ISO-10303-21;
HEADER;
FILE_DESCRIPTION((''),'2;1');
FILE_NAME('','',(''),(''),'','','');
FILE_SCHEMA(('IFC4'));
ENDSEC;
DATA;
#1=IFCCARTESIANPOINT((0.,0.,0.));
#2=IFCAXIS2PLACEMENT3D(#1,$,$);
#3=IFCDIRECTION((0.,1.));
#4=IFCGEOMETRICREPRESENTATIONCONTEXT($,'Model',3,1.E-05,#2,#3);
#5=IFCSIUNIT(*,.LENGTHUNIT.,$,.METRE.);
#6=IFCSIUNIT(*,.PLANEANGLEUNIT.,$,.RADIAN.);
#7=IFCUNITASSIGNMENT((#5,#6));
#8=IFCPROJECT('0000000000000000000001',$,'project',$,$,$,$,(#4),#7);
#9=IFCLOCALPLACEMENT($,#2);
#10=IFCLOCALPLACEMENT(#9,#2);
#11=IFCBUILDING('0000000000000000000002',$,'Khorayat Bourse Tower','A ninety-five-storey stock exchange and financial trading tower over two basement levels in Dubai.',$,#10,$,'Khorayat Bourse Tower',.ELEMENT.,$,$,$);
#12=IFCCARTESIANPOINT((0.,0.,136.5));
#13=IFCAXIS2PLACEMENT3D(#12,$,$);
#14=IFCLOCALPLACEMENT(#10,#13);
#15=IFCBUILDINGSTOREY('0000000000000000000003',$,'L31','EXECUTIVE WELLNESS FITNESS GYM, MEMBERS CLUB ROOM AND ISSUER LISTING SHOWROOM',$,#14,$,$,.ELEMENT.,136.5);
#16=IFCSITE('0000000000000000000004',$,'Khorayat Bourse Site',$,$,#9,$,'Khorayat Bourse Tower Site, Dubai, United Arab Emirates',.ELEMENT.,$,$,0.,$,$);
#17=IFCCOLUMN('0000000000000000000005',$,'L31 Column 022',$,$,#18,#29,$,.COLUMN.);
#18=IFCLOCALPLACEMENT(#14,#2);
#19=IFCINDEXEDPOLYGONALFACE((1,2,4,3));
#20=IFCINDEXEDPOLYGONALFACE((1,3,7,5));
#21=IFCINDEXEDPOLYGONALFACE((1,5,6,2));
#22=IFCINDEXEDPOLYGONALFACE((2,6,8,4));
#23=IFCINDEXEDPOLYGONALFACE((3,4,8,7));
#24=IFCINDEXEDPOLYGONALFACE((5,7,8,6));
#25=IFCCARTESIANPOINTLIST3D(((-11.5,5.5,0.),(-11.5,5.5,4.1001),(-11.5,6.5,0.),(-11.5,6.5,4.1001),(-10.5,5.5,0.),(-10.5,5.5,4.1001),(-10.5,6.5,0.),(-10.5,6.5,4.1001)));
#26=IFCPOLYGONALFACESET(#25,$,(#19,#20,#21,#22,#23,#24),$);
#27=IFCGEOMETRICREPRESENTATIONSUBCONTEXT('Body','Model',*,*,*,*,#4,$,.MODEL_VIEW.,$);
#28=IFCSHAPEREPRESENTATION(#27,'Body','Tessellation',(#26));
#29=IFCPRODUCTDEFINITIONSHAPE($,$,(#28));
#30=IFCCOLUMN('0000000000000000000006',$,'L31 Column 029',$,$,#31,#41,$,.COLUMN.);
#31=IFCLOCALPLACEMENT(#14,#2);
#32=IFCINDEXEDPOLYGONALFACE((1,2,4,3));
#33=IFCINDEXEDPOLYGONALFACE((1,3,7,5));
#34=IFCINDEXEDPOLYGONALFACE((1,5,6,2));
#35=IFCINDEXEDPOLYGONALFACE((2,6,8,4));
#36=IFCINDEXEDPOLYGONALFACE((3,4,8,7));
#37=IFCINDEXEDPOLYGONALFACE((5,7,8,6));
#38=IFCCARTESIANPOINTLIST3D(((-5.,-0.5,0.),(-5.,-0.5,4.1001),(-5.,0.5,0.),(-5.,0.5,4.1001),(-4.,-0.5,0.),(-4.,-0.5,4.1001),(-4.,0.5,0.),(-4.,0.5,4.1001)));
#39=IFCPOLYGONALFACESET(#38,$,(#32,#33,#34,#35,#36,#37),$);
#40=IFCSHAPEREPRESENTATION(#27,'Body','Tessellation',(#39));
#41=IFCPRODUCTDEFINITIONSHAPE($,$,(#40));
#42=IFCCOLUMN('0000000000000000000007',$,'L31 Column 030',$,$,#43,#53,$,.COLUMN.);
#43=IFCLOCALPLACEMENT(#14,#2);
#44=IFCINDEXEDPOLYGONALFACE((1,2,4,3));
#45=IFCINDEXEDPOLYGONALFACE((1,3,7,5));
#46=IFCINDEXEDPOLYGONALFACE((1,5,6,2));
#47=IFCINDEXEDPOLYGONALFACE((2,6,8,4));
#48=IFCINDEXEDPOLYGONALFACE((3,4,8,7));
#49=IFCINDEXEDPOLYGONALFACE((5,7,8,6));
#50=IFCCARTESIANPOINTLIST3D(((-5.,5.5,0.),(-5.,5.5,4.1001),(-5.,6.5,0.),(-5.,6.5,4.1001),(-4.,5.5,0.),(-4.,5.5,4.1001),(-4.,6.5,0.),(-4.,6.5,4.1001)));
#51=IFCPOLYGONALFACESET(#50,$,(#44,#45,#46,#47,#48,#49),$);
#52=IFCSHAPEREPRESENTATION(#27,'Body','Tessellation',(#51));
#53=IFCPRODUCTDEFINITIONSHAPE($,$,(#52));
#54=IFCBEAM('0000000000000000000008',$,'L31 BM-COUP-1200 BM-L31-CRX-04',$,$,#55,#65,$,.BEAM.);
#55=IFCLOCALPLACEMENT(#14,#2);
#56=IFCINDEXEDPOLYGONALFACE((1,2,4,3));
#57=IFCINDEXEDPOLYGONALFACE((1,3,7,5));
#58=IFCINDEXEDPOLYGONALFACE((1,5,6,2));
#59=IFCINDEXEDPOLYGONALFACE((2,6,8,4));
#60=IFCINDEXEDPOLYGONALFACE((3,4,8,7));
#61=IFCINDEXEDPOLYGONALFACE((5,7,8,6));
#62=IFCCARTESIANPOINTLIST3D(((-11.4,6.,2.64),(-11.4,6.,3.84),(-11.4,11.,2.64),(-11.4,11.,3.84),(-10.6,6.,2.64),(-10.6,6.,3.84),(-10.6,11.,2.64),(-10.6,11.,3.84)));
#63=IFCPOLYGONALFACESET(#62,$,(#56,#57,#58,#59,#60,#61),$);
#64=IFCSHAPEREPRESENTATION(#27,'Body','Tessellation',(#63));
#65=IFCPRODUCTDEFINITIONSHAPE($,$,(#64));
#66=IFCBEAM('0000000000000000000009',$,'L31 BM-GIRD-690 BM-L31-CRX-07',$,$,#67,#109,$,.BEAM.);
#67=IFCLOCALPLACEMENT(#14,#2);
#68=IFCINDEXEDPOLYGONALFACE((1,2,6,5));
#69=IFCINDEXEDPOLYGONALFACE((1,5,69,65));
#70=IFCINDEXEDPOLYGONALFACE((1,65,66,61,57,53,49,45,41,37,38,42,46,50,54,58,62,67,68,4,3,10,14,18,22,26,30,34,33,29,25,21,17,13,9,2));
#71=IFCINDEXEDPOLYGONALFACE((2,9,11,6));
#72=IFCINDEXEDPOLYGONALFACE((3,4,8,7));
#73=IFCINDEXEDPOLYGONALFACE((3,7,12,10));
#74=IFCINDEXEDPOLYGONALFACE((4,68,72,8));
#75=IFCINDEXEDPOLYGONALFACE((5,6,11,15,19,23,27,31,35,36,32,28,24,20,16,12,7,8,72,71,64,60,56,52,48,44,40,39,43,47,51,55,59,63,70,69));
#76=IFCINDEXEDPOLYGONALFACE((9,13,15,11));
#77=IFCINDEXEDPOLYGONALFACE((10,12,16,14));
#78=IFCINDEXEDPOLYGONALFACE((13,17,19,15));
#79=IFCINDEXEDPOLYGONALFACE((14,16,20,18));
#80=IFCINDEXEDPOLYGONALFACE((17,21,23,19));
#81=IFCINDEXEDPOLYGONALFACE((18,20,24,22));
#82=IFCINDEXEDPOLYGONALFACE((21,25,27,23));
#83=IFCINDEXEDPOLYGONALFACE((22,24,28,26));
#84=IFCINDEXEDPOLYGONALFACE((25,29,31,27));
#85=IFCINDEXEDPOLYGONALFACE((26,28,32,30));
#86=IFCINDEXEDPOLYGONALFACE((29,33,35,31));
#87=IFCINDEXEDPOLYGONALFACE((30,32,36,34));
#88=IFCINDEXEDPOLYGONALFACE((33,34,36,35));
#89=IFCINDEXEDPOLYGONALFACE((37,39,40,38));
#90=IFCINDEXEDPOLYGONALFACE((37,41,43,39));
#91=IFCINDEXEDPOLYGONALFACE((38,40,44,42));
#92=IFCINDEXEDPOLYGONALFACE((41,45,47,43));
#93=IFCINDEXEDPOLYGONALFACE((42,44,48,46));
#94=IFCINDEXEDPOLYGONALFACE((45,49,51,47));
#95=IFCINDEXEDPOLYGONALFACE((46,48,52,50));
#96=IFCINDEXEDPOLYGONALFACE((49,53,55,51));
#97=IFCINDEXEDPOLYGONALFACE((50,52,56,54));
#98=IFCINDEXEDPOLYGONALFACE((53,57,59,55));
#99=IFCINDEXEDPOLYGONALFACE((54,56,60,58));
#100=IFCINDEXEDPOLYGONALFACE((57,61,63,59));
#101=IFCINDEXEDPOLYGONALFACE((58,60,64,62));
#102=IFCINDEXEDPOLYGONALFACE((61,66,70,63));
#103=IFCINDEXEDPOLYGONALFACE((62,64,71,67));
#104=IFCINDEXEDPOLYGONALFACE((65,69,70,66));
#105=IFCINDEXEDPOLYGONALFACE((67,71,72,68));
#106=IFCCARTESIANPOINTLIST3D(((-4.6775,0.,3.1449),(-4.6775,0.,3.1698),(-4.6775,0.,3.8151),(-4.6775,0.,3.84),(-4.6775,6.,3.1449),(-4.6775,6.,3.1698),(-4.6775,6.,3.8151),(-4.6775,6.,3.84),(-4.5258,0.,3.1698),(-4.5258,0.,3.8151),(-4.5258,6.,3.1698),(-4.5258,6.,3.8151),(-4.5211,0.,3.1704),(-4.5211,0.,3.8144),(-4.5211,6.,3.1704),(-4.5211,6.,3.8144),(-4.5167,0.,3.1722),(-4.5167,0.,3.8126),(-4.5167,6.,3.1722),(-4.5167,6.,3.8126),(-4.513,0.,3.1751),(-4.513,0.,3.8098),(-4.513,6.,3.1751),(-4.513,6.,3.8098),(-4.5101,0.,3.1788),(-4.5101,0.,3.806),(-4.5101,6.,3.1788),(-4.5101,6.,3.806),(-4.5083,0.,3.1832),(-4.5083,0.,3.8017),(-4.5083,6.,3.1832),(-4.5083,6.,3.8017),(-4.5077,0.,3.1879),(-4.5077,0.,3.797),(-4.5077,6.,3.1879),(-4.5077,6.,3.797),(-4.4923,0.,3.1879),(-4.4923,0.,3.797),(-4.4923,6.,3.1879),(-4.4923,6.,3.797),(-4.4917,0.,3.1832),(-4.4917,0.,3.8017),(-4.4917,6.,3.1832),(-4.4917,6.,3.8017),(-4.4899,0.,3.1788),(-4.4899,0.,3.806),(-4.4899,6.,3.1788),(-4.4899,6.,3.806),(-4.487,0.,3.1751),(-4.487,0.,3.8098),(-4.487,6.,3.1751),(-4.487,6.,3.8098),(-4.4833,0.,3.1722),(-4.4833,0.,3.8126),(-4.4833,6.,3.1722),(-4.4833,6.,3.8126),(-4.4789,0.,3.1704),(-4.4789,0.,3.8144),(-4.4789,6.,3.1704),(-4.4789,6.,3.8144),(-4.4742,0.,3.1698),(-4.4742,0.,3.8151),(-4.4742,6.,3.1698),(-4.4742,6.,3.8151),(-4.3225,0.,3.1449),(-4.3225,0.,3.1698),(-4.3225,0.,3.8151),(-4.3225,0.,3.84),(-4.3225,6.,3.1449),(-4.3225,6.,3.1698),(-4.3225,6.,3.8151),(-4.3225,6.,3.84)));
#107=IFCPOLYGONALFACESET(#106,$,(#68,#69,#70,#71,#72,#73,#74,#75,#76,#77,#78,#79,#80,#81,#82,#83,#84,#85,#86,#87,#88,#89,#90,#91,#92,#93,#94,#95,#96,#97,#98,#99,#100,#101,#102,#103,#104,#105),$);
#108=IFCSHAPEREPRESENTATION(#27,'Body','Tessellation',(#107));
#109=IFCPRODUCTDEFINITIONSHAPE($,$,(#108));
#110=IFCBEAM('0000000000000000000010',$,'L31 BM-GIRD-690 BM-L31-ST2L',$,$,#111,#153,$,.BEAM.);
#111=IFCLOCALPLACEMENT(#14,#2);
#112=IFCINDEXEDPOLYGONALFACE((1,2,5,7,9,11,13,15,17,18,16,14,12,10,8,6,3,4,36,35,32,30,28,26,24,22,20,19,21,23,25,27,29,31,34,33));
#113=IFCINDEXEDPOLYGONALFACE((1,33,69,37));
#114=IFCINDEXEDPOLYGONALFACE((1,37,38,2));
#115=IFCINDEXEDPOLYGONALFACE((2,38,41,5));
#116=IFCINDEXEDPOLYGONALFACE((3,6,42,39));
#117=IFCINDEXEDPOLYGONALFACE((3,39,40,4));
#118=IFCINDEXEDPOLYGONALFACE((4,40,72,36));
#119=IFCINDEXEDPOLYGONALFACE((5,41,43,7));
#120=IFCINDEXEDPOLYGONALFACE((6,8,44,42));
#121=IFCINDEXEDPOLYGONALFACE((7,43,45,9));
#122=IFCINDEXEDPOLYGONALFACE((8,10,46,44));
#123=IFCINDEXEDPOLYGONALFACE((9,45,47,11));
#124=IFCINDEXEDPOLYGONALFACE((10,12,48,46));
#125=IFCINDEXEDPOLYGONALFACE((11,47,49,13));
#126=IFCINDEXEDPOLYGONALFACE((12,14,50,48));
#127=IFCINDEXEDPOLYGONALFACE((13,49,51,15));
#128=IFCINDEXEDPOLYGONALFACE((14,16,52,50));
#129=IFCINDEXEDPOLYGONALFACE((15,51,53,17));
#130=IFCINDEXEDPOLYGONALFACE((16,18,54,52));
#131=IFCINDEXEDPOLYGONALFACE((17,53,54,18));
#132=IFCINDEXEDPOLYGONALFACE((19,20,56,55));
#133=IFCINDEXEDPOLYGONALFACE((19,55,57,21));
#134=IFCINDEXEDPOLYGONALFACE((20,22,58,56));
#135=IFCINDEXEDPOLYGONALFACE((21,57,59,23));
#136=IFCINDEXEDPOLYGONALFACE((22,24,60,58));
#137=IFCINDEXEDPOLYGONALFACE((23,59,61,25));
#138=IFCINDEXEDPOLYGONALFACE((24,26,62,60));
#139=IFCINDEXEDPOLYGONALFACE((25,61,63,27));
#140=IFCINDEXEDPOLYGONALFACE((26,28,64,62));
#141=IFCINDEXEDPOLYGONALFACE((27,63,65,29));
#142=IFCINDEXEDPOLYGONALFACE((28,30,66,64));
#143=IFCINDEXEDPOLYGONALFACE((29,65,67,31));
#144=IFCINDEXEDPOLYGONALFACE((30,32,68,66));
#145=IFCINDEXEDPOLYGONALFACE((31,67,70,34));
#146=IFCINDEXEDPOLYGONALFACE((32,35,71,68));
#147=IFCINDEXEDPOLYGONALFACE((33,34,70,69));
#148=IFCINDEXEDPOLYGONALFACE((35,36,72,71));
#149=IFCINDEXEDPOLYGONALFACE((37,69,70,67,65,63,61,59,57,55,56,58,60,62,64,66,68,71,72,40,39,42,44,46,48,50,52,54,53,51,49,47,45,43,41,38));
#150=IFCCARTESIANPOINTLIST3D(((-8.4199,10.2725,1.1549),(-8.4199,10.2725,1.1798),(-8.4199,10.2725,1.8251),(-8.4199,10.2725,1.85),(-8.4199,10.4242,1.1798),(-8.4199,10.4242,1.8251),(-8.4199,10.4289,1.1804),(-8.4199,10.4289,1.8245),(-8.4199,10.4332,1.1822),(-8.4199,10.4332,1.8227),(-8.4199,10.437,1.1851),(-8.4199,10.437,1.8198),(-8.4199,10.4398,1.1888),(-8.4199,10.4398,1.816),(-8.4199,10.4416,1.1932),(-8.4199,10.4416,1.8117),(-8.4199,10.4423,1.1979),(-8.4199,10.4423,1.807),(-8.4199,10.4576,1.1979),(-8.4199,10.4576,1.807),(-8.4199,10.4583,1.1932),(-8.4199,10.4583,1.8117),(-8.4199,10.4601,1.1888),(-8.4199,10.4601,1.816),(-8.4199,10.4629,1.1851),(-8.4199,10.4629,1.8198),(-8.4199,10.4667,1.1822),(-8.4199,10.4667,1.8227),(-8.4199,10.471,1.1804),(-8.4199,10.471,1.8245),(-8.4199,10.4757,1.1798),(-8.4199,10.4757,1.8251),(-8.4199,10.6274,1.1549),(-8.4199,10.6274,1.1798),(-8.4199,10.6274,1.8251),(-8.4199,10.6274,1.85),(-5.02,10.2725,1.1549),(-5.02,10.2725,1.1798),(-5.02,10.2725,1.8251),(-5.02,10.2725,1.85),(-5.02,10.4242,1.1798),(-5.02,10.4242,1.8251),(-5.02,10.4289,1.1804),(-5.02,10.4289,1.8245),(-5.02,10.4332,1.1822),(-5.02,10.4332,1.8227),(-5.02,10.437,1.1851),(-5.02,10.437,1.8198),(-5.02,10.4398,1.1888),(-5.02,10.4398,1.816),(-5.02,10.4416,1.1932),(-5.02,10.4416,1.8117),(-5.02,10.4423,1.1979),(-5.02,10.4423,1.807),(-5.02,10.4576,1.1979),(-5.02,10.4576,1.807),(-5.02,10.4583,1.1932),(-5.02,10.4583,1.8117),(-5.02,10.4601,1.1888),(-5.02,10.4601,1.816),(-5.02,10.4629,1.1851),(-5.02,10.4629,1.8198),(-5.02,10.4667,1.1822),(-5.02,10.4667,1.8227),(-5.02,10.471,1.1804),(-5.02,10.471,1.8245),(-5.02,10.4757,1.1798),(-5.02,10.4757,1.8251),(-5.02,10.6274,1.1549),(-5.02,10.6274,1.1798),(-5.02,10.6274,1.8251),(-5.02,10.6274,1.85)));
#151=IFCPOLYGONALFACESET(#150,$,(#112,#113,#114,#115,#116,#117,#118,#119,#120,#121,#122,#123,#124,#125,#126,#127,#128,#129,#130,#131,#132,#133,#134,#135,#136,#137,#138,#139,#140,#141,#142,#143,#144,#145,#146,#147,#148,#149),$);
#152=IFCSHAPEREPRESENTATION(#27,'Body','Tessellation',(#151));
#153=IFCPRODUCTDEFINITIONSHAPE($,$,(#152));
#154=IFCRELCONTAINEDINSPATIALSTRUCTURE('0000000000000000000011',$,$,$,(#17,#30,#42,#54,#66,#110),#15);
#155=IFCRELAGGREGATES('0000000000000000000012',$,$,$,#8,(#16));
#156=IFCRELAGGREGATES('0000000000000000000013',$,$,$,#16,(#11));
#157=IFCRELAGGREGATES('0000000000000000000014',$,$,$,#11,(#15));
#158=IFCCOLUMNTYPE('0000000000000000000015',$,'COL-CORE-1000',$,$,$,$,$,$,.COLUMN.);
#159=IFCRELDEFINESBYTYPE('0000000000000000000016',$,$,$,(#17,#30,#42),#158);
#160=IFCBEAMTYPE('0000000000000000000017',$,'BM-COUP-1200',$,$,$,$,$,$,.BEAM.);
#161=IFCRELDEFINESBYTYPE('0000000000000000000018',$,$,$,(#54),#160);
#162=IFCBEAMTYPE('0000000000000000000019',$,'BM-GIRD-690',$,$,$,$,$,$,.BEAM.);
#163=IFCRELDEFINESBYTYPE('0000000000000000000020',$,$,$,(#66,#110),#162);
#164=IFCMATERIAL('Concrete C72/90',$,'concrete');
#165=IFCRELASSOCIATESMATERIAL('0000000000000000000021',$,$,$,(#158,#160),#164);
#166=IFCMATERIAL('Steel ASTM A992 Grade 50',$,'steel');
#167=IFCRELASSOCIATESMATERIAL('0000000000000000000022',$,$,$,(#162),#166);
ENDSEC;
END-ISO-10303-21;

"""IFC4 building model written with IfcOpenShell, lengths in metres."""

from ifc_helpers import new_model, si_unit, direction, frame, origin, origin_2d, place, context, subcontext, project, spatial, rectangle, i_section, extrude, source, transform, mapped, material, material_profile, profile_set, type_object, element, save


model = new_model("IFC4")

# Units and contexts
model_context = context("Model", 3, precision=1e-05, world=origin(), true_north=direction((0.0, 1.0)))
body_context = subcontext(model_context, "Body", "Model", "MODEL_VIEW")
ifc_project = project(units=[si_unit("LENGTHUNIT", "METRE"), si_unit("PLANEANGLEUNIT", "RADIAN")], contexts=[model_context])

# Site, building, storey
site_placement = place(None, origin())
site = spatial("IfcSite", under=ifc_project, at=site_placement, Name="Khorayat Bourse Site", LongName="Khorayat Bourse Tower Site, Dubai, United Arab Emirates", CompositionType="ELEMENT", RefElevation=0.0)
building_placement = place(site_placement, origin())
building = spatial("IfcBuilding", under=site, at=building_placement, Name="Khorayat Bourse Tower", Description="A ninety-five-storey stock exchange and financial trading tower over two basement levels in Dubai.", LongName="Khorayat Bourse Tower", CompositionType="ELEMENT")
storey_placement = place(building_placement, frame((0.0, 0.0, 136.5)))
storey = spatial("IfcBuildingStorey", under=building, at=storey_placement, Name="L31", Description="EXECUTIVE WELLNESS FITNESS GYM, MEMBERS CLUB ROOM AND ISSUER LISTING SHOWROOM", CompositionType="ELEMENT", Elevation=136.5)

# Columns
ifc_material_1 = material(Name="Concrete C72/90", Category="concrete")
ifc_material_profile_1 = material_profile(ifc_material_1, rectangle(XDim=1.0, YDim=1.0, at=origin_2d()), Name="RC 1000x1000")
ifc_profile_set_1 = profile_set([ifc_material_profile_1], Name="Concrete C72/90")
column_type = type_object("IfcColumnType", Name="COL-CORE-1000", PredefinedType="COLUMN", material=ifc_profile_set_1)
shared_shape_1 = source(origin(), body_context, "Body", "SweptSolid", [
    extrude(rectangle(XDim=1.0, YDim=1.0, at=origin_2d()), origin(), (0.0, 0.0, 1.0), 4.1001),
])
for number, where, z_axis, x_axis, name in (
    (1, (-11.0, 6.0, 0.0), (0.0, 0.0, 1.0), (1.0, 0.0, 0.0), "L31 Column 022"),
    (2, (-4.5, 0.0, 0.0), (0.0, 0.0, 1.0), (1.0, 0.0, 0.0), "L31 Column 029"),
    (3, (-4.5, 6.0, 0.0), (0.0, 0.0, 1.0), (1.0, 0.0, 0.0), "L31 Column 030"),
):
    element("IfcColumn", number, at=place(storey_placement, frame(where, z_axis=z_axis, x_axis=x_axis)), inside=storey, type_object=column_type, Name=name, PredefinedType="COLUMN", context=body_context, shape_type="MappedRepresentation", body=[
        mapped(shared_shape_1, transform((0.0, 0.0, 0.0), scale=1.0)),
    ])

# Beams
ifc_material_profile_2 = material_profile(ifc_material_1, rectangle(XDim=0.8, YDim=1.2, at=origin_2d()), Name="RC 800x1200")
ifc_profile_set_2 = profile_set([ifc_material_profile_2], Name="Concrete C72/90")
beam_type_1 = type_object("IfcBeamType", Name="BM-COUP-1200", PredefinedType="BEAM", material=ifc_profile_set_2)
shared_shape_2 = source(origin(), body_context, "Body", "SweptSolid", [
    extrude(rectangle(XDim=0.8, YDim=1.2, at=origin_2d()), origin(), (0.0, 0.0, 1.0), 5.0),
])
beam_1_placement = place(storey_placement, frame((-11.0, 6.0, 3.24), z_axis=(0.0, 1.0, 0.0), x_axis=(-1.0, 0.0, 0.0)))
element("IfcBeam", 4, at=beam_1_placement, inside=storey, type_object=beam_type_1, Name="L31 BM-COUP-1200 BM-L31-CRX-04", PredefinedType="BEAM", context=body_context, shape_type="MappedRepresentation", body=[
    mapped(shared_shape_2, transform((0.0, 0.0, 0.0), scale=1.0)),
])
ifc_material_2 = material(Name="Steel ASTM A992 Grade 50", Category="steel")
ifc_material_profile_3 = material_profile(ifc_material_2, i_section(OverallWidth=0.355, OverallDepth=0.6951, WebThickness=0.0154, FlangeThickness=0.0249, FilletRadius=0.0181, at=origin_2d()), Name="W690X217")
ifc_profile_set_3 = profile_set([ifc_material_profile_3], Name="Steel ASTM A992 Grade 50")
beam_type_2 = type_object("IfcBeamType", Name="BM-GIRD-690", PredefinedType="BEAM", material=ifc_profile_set_3)
shared_shape_3 = source(origin(), body_context, "Body", "SweptSolid", [
    extrude(i_section(OverallWidth=0.355, OverallDepth=0.6951, WebThickness=0.0154, FlangeThickness=0.0249, FilletRadius=0.0181, at=origin_2d()), origin(), (0.0, 0.0, 1.0), 6.0),
])
beam_2_placement = place(storey_placement, frame((-4.5, 0.0, 3.4924), z_axis=(0.0, 1.0, 0.0), x_axis=(-1.0, 0.0, 0.0)))
element("IfcBeam", 5, at=beam_2_placement, inside=storey, type_object=beam_type_2, Name="L31 BM-GIRD-690 BM-L31-CRX-07", PredefinedType="BEAM", context=body_context, shape_type="MappedRepresentation", body=[
    mapped(shared_shape_3, transform((0.0, 0.0, 0.0), scale=1.0)),
])
shared_shape_4 = source(origin(), body_context, "Body", "SweptSolid", [
    extrude(i_section(OverallWidth=0.355, OverallDepth=0.6951, WebThickness=0.0154, FlangeThickness=0.0249, FilletRadius=0.0181, at=origin_2d()), origin(), (0.0, 0.0, 1.0), 3.3999),
])
beam_3_placement = place(storey_placement, frame((-8.4199, 10.45, 1.5024), z_axis=(1.0, 0.0, 0.0), x_axis=(0.0, 1.0, 0.0)))
element("IfcBeam", 6, at=beam_3_placement, inside=storey, type_object=beam_type_2, Name="L31 BM-GIRD-690 BM-L31-ST2L", PredefinedType="BEAM", context=body_context, shape_type="MappedRepresentation", body=[
    mapped(shared_shape_4, transform((0.0, 0.0, 0.0), scale=1.0)),
])

save(model, "model.ifc")
